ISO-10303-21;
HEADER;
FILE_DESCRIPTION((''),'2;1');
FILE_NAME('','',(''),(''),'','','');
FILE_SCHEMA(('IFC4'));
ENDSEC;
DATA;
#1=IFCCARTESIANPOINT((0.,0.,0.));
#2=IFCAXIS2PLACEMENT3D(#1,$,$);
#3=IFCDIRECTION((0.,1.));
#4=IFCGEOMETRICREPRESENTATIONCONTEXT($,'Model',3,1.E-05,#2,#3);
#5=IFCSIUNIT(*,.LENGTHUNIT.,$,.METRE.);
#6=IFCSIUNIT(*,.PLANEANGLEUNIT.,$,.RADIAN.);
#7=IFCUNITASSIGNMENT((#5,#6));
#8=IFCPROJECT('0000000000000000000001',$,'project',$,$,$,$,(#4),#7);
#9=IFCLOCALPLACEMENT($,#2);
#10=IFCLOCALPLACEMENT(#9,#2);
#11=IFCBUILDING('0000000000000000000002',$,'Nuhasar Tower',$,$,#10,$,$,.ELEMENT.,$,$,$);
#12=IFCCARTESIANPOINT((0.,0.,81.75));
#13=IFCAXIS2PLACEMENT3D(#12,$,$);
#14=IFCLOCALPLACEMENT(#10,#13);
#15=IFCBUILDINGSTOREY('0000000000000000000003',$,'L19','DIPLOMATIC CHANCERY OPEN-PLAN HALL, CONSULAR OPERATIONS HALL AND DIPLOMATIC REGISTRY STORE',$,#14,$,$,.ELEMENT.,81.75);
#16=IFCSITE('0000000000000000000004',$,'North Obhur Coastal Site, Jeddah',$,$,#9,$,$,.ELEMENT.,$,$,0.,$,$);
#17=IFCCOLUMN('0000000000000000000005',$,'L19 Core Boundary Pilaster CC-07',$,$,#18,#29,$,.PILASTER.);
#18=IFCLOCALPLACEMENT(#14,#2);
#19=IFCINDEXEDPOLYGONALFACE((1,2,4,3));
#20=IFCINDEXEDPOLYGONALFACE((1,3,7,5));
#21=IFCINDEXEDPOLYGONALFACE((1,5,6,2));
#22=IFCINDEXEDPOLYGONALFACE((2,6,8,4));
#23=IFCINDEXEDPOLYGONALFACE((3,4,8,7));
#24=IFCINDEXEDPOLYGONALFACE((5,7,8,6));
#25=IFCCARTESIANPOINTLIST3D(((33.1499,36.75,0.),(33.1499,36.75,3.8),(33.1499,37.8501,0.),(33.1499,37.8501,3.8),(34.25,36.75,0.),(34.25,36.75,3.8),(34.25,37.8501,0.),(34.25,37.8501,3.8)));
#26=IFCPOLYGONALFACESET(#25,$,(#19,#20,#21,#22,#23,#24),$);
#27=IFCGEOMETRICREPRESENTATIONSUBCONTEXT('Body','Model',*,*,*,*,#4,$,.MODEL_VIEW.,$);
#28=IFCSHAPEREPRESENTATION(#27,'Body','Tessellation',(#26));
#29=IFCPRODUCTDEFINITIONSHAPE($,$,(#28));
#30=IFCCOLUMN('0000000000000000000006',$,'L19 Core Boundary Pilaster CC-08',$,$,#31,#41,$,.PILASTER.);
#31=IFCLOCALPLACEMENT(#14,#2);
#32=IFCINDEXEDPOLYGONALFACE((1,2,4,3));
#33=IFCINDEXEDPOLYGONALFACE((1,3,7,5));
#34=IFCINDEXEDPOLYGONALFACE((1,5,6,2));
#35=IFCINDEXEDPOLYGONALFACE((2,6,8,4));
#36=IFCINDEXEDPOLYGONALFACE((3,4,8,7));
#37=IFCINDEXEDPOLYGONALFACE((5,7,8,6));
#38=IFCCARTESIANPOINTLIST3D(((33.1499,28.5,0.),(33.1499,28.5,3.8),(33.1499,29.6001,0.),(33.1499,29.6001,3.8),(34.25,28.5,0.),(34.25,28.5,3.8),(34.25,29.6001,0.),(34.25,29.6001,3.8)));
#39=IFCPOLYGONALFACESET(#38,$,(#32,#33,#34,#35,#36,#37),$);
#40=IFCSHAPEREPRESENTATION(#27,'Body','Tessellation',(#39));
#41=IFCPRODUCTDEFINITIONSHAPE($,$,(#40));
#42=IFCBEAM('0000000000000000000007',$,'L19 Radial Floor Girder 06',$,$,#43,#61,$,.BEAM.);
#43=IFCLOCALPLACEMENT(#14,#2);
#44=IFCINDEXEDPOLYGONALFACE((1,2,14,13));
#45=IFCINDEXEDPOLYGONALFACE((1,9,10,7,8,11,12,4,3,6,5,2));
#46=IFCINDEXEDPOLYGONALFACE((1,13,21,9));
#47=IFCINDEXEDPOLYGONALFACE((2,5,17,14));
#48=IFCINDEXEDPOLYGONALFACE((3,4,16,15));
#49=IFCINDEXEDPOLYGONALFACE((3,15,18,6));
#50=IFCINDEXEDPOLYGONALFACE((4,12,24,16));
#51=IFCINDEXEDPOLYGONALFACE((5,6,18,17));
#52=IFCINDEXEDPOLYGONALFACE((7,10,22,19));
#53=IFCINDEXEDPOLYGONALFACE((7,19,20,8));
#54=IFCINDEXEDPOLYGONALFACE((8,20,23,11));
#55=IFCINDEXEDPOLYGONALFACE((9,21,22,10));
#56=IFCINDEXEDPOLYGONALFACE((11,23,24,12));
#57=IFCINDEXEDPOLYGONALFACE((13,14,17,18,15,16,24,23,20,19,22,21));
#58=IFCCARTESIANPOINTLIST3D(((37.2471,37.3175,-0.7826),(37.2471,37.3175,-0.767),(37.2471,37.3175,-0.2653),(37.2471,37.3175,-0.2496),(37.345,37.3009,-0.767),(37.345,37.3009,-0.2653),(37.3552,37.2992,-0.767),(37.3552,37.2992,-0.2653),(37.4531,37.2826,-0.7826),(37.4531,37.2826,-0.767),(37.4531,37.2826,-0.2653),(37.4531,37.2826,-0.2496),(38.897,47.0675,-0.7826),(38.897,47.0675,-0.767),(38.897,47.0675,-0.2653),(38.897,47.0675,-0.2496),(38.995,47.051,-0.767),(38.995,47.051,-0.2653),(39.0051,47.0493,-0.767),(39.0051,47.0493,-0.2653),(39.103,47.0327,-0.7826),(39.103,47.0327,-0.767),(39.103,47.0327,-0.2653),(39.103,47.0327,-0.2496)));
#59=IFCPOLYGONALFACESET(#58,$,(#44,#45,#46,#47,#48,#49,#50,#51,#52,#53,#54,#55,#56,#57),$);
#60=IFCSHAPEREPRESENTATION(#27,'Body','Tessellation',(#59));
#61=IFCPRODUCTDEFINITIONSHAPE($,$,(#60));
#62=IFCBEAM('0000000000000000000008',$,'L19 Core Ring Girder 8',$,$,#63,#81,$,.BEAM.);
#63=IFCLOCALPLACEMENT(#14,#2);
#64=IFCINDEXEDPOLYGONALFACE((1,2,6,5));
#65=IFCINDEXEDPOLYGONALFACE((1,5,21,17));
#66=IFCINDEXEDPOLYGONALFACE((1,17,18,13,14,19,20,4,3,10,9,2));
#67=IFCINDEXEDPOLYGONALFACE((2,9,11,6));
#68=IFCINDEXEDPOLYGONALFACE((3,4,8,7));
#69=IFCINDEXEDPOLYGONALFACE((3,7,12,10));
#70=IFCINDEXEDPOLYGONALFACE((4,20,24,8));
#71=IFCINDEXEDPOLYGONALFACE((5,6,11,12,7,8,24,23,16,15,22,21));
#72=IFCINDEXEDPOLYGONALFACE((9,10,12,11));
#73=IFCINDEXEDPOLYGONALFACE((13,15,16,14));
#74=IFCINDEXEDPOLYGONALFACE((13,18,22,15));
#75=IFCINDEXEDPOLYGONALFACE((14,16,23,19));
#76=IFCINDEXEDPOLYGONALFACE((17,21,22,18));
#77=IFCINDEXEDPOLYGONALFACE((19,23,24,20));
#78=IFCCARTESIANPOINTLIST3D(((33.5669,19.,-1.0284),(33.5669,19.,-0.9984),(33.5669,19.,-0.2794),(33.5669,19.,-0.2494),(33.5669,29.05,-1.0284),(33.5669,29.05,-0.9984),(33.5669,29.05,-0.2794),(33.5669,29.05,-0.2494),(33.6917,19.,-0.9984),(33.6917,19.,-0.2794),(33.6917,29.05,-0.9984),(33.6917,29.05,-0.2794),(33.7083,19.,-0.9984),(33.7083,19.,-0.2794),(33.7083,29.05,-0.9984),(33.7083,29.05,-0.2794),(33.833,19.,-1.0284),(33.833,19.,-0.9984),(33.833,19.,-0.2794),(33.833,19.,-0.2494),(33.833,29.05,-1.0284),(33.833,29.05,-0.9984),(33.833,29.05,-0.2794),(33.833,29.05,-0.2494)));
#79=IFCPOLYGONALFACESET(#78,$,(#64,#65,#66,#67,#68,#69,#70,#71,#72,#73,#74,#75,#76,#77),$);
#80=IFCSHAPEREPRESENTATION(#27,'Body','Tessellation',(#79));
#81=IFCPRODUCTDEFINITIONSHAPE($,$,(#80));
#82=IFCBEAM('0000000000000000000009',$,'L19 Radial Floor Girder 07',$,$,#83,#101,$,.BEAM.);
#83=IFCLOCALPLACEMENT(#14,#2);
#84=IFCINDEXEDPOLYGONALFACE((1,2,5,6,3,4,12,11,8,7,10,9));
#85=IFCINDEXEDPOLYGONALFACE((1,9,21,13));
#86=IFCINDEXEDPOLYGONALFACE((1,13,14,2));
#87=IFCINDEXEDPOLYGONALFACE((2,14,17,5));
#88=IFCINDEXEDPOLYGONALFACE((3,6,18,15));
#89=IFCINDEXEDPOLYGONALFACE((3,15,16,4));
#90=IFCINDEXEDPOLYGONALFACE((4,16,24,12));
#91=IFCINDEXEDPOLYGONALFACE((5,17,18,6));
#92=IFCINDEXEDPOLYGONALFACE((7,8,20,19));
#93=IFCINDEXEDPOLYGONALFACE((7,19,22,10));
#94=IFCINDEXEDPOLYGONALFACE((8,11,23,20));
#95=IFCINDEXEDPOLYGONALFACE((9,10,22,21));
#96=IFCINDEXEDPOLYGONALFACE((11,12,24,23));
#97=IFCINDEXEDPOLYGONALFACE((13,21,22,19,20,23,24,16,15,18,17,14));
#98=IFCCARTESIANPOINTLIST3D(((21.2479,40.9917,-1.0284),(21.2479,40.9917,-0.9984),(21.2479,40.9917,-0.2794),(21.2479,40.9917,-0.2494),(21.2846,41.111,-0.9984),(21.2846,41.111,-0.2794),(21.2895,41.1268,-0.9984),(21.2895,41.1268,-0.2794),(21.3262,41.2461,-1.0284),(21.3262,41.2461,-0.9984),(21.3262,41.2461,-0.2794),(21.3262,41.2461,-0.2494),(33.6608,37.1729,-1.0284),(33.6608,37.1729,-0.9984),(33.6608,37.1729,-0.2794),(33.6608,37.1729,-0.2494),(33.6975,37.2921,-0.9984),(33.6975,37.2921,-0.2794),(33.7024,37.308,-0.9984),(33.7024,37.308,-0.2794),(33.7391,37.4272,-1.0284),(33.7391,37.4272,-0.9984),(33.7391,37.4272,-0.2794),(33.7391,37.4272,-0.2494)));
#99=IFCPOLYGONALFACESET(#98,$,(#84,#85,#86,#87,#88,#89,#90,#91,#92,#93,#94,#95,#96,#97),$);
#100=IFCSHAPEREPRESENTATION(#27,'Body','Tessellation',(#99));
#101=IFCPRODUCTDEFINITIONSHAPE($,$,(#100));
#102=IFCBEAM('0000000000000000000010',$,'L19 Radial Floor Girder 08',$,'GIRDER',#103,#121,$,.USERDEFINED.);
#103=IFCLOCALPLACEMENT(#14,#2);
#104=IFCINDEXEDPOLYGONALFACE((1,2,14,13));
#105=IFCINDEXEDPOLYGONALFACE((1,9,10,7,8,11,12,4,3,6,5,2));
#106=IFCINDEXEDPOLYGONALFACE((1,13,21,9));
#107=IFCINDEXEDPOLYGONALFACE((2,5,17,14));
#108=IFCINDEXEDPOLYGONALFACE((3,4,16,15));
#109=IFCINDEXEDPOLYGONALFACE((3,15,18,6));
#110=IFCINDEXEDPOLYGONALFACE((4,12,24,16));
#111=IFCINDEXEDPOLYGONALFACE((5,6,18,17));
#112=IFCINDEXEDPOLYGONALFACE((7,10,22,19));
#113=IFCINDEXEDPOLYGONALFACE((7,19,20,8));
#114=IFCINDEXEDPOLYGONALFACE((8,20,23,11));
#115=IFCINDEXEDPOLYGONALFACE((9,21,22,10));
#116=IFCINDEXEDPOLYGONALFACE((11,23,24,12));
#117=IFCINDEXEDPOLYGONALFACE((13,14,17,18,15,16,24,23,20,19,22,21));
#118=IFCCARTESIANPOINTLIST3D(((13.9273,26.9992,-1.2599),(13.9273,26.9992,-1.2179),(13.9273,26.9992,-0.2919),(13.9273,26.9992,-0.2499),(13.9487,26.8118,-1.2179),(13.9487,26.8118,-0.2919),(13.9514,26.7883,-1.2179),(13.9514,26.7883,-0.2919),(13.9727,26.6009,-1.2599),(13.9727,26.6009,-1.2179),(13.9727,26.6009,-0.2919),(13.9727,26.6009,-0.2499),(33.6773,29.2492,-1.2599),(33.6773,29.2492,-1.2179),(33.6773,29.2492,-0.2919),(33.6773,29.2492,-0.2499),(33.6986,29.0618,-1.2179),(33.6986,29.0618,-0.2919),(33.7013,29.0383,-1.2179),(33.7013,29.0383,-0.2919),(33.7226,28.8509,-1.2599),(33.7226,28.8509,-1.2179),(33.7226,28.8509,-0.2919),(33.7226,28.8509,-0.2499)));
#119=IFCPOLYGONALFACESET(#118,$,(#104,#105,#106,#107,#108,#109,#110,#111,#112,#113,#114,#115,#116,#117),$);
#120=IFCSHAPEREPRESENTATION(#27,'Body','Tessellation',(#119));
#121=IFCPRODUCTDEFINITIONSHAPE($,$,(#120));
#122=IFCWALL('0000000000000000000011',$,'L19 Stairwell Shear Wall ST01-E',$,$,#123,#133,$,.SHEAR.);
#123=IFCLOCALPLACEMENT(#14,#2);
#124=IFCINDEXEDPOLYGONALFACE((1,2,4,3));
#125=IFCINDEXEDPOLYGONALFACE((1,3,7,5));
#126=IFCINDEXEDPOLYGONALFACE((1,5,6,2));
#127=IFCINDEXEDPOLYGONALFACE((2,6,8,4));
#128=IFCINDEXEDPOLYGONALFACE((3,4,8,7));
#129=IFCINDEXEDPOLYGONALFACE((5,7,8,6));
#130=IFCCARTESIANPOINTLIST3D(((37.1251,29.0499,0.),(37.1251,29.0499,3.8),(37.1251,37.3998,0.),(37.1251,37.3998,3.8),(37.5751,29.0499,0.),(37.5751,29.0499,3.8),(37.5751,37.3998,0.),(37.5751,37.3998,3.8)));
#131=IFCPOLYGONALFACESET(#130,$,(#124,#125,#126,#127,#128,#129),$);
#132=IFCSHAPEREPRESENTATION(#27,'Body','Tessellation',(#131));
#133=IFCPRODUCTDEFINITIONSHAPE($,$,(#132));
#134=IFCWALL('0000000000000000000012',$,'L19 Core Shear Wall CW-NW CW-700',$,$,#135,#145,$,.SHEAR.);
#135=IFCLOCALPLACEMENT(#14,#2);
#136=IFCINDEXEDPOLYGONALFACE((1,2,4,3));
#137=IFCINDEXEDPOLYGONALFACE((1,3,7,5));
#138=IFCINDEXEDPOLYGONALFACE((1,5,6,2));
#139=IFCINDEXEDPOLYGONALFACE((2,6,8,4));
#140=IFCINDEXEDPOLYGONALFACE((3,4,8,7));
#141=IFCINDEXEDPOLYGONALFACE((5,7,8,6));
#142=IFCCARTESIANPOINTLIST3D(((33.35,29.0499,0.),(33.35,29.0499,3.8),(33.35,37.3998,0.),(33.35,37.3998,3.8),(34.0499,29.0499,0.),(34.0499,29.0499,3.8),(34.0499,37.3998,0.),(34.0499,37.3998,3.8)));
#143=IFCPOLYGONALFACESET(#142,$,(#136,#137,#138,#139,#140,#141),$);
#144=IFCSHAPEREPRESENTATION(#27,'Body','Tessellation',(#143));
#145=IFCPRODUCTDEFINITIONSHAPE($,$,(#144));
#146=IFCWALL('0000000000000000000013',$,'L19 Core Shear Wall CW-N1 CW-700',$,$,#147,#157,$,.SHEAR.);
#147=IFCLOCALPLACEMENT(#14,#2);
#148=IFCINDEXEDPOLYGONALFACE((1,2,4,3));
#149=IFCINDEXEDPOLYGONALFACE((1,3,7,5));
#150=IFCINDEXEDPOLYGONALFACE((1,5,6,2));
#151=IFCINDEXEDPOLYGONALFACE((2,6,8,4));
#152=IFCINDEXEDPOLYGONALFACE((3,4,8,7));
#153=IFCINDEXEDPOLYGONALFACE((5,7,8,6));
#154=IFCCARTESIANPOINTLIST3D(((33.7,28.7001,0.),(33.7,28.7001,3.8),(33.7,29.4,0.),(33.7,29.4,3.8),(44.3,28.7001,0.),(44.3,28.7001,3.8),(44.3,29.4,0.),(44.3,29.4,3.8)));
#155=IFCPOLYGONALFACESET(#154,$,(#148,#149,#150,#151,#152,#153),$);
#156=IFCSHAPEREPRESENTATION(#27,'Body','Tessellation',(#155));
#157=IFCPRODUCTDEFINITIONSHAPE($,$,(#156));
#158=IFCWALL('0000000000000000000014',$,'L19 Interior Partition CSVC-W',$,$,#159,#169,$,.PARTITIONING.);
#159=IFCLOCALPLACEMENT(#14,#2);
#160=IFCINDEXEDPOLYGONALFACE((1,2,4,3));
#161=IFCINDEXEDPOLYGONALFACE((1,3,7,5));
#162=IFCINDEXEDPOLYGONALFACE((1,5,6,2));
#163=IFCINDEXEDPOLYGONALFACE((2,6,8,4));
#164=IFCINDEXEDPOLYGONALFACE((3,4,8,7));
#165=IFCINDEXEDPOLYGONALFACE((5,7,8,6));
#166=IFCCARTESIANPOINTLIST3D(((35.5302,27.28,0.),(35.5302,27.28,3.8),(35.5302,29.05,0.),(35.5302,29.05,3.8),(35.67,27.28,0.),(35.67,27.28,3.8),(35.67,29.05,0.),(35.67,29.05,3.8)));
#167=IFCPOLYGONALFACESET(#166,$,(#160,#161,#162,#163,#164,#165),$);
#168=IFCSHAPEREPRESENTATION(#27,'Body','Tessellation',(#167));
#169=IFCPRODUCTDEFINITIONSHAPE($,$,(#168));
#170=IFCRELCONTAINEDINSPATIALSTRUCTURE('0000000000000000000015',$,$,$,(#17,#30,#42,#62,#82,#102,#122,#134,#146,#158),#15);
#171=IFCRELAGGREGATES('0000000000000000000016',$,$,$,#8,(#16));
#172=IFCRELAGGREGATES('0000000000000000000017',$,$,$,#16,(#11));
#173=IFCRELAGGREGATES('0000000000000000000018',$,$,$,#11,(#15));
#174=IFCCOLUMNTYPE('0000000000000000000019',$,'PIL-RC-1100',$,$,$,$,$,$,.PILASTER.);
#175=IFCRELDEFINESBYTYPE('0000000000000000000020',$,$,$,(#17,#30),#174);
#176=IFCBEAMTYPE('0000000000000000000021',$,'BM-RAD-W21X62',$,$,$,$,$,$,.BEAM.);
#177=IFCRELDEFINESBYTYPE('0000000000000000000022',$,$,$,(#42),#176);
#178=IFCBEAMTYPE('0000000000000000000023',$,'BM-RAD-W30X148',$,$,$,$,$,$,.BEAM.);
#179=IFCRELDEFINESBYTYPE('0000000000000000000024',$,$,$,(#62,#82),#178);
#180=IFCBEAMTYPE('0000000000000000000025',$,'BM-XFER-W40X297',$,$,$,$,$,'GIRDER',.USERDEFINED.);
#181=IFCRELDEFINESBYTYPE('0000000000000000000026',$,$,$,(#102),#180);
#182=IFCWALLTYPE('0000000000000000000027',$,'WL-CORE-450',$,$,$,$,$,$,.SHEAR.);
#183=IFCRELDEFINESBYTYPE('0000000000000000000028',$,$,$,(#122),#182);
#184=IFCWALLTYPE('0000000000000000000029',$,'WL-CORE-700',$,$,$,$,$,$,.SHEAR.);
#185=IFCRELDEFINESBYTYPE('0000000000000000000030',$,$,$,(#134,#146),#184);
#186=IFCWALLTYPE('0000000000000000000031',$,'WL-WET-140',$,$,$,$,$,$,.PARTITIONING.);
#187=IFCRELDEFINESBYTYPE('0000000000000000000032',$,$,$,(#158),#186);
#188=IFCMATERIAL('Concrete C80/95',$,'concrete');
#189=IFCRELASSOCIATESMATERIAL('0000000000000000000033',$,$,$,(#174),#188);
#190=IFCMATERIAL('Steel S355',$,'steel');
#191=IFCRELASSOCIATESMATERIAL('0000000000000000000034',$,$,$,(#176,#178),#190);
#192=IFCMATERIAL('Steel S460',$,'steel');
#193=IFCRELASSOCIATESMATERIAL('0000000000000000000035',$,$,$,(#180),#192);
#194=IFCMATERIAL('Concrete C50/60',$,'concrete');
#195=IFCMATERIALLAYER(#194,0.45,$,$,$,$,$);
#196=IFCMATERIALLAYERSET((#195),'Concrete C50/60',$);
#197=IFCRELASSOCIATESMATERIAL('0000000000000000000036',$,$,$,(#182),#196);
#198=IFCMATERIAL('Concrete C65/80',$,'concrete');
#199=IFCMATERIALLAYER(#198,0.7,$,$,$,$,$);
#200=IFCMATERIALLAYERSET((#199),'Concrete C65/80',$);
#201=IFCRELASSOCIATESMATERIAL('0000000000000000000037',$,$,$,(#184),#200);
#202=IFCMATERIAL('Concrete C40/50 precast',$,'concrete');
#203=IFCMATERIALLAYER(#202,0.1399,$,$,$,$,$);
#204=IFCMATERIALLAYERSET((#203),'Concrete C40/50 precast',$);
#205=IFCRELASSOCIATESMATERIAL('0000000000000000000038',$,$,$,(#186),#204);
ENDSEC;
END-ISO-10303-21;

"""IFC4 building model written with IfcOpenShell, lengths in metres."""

from ifc_helpers import new_model, si_unit, direction, frame, frame_2d, origin, origin_2d, place, context, subcontext, project, spatial, rectangle, i_section, extrude, material, layer, layer_set, material_profile, profile_set, type_object, element, save


model = new_model("IFC4")

# Units and contexts
model_context = context("Model", 3, precision=1e-05, world=origin(), true_north=direction((0.0, 1.0)))
body_context = subcontext(model_context, "Body", "Model", "MODEL_VIEW")
ifc_project = project(units=[si_unit("LENGTHUNIT", "METRE"), si_unit("PLANEANGLEUNIT", "RADIAN")], contexts=[model_context])

# Site, building, storey
site_placement = place(None, origin())
site = spatial("IfcSite", under=ifc_project, at=site_placement, Name="North Obhur Coastal Site, Jeddah", CompositionType="ELEMENT", RefElevation=0.0)
building_placement = place(site_placement, origin())
building = spatial("IfcBuilding", under=site, at=building_placement, Name="Nuhasar Tower", CompositionType="ELEMENT")
storey_placement = place(building_placement, frame((0.0, 0.0, 81.75)))
storey = spatial("IfcBuildingStorey", under=building, at=storey_placement, Name="L19", Description="DIPLOMATIC CHANCERY OPEN-PLAN HALL, CONSULAR OPERATIONS HALL AND DIPLOMATIC REGISTRY STORE", CompositionType="ELEMENT", Elevation=81.75)

# Columns
ifc_material_1 = material(Name="Concrete C80/95", Category="concrete")
ifc_material_profile_1 = material_profile(ifc_material_1, rectangle(XDim=1.1001, YDim=1.1001, at=origin_2d()), Name="RC1100X1100")
ifc_profile_set_1 = profile_set([ifc_material_profile_1], Name="Concrete C80/95")
column_type = type_object("IfcColumnType", Name="PIL-RC-1100", PredefinedType="PILASTER", material=ifc_profile_set_1)
for number, where, z_axis, x_axis, name in (
    (1, (33.7, 37.3, 0.0), (0.0, 0.0, 1.0), (1.0, 0.0, 0.0), "L19 Core Boundary Pilaster CC-07"),
    (2, (33.7, 29.05, 0.0), (0.0, 0.0, 1.0), (1.0, 0.0, 0.0), "L19 Core Boundary Pilaster CC-08"),
):
    element("IfcColumn", number, at=place(storey_placement, frame(where, z_axis=z_axis, x_axis=x_axis)), inside=storey, type_object=column_type, Name=name, PredefinedType="PILASTER", context=body_context, shape_type="SweptSolid", body=[
        extrude(rectangle(XDim=1.1001, YDim=1.1001, at=origin_2d()), origin(), (0.0, 0.0, 1.0), 3.8),
    ])

# Beams
ifc_material_2 = material(Name="Steel S355", Category="steel")
ifc_material_profile_2 = material_profile(ifc_material_2, i_section(OverallWidth=0.209, OverallDepth=0.533, WebThickness=0.0103, FlangeThickness=0.0156, at=origin_2d()), Name="W21X62")
ifc_profile_set_2 = profile_set([ifc_material_profile_2], Name="Steel S355")
beam_type_1 = type_object("IfcBeamType", Name="BM-RAD-W21X62", PredefinedType="BEAM", material=ifc_profile_set_2)
beam_1_placement = place(storey_placement, frame((37.3501, 37.3, -0.5161), z_axis=(0.166849, 0.985983, 0.0), x_axis=(-0.985983, 0.166849, 0.0)))
element("IfcBeam", 3, at=beam_1_placement, inside=storey, type_object=beam_type_1, Name="L19 Radial Floor Girder 06", PredefinedType="BEAM", context=body_context, shape_type="SweptSolid", body=[
    extrude(i_section(OverallWidth=0.209, OverallDepth=0.533, WebThickness=0.0103, FlangeThickness=0.0156, at=origin_2d()), origin(), (0.0, 0.0, 1.0), 9.8887),
])
ifc_material_profile_3 = material_profile(ifc_material_2, i_section(OverallWidth=0.2661, OverallDepth=0.7791, WebThickness=0.0166, FlangeThickness=0.03, at=origin_2d()), Name="W30X148")
ifc_profile_set_3 = profile_set([ifc_material_profile_3], Name="Steel S355")
beam_type_2 = type_object("IfcBeamType", Name="BM-RAD-W30X148", PredefinedType="BEAM", material=ifc_profile_set_3)
beam_2_placement = place(storey_placement, frame((33.7, 29.05, -0.6389), z_axis=(0.0, -1.0, 0.0), x_axis=(1.0, 0.0, 0.0)))
element("IfcBeam", 4, at=beam_2_placement, inside=storey, type_object=beam_type_2, Name="L19 Core Ring Girder 8", PredefinedType="BEAM", context=body_context, shape_type="SweptSolid", body=[
    extrude(i_section(OverallWidth=0.2661, OverallDepth=0.7791, WebThickness=0.0166, FlangeThickness=0.03, at=origin_2d()), origin(), (0.0, 0.0, 1.0), 10.05),
])
beam_3_placement = place(storey_placement, frame((33.7, 37.3, -0.6389), z_axis=(-0.95579, 0.294052, 0.0), x_axis=(-0.294052, -0.95579, 0.0)))
element("IfcBeam", 5, at=beam_3_placement, inside=storey, type_object=beam_type_2, Name="L19 Radial Floor Girder 07", PredefinedType="BEAM", context=body_context, shape_type="SweptSolid", body=[
    extrude(i_section(OverallWidth=0.2661, OverallDepth=0.7791, WebThickness=0.0166, FlangeThickness=0.03, at=origin_2d()), origin(), (0.0, 0.0, 1.0), 12.9871),
])
ifc_material_3 = material(Name="Steel S460", Category="steel")
ifc_material_profile_4 = material_profile(ifc_material_3, i_section(OverallWidth=0.4009, OverallDepth=1.01, WebThickness=0.0237, FlangeThickness=0.042, at=origin_2d()), Name="W40X297")
ifc_profile_set_4 = profile_set([ifc_material_profile_4], Name="Steel S460")
beam_type_3 = type_object("IfcBeamType", Name="BM-XFER-W40X297", ElementType="GIRDER", PredefinedType="USERDEFINED", material=ifc_profile_set_4)
beam_4_placement = place(storey_placement, frame((33.7, 29.05, -0.7549), z_axis=(-0.993573, -0.113192, 0.0), x_axis=(0.113192, -0.993573, 0.0)))
element("IfcBeam", 6, at=beam_4_placement, inside=storey, type_object=beam_type_3, Name="L19 Radial Floor Girder 08", ObjectType="GIRDER", PredefinedType="USERDEFINED", context=body_context, shape_type="SweptSolid", body=[
    extrude(i_section(OverallWidth=0.4009, OverallDepth=1.01, WebThickness=0.0237, FlangeThickness=0.042, at=origin_2d()), origin(), (0.0, 0.0, 1.0), 19.8777),
])

# Walls
ifc_material_4 = material(Name="Concrete C50/60", Category="concrete")
ifc_layer_1 = layer(ifc_material_4, 0.45)
ifc_layer_set_1 = layer_set([ifc_layer_1], Name="Concrete C50/60")
wall_type_1 = type_object("IfcWallType", Name="WL-CORE-450", PredefinedType="SHEAR", material=ifc_layer_set_1)
wall_1_placement = place(storey_placement, frame((37.3501, 29.05, 0.0), z_axis=(0.0, 0.0, 1.0), x_axis=(0.0, 1.0, 0.0)))
element("IfcWall", 7, at=wall_1_placement, inside=storey, type_object=wall_type_1, Name="L19 Stairwell Shear Wall ST01-E", PredefinedType="SHEAR", context=body_context, shape_type="SweptSolid", body=[
    extrude(rectangle(XDim=8.3499, YDim=0.45, at=frame_2d((4.1748, 0.0))), origin(), (0.0, 0.0, 1.0), 3.8),
])
ifc_material_5 = material(Name="Concrete C65/80", Category="concrete")
ifc_layer_2 = layer(ifc_material_5, 0.7)
ifc_layer_set_2 = layer_set([ifc_layer_2], Name="Concrete C65/80")
wall_type_2 = type_object("IfcWallType", Name="WL-CORE-700", PredefinedType="SHEAR", material=ifc_layer_set_2)
wall_2_placement = place(storey_placement, frame((33.7, 29.05, 0.0), z_axis=(0.0, 0.0, 1.0), x_axis=(0.0, 1.0, 0.0)))
element("IfcWall", 8, at=wall_2_placement, inside=storey, type_object=wall_type_2, Name="L19 Core Shear Wall CW-NW CW-700", PredefinedType="SHEAR", context=body_context, shape_type="SweptSolid", body=[
    extrude(rectangle(XDim=8.3499, YDim=0.7, at=frame_2d((4.1748, 0.0))), origin(), (0.0, 0.0, 1.0), 3.8),
])
wall_3_placement = place(storey_placement, frame((33.7, 29.05, 0.0), z_axis=(0.0, 0.0, 1.0), x_axis=(1.0, 0.0, 0.0)))
element("IfcWall", 9, at=wall_3_placement, inside=storey, type_object=wall_type_2, Name="L19 Core Shear Wall CW-N1 CW-700", PredefinedType="SHEAR", context=body_context, shape_type="SweptSolid", body=[
    extrude(rectangle(XDim=10.6001, YDim=0.7, at=frame_2d((5.3, 0.0))), origin(), (0.0, 0.0, 1.0), 3.8),
])
ifc_material_6 = material(Name="Concrete C40/50 precast", Category="concrete")
ifc_layer_3 = layer(ifc_material_6, 0.1399)
ifc_layer_set_3 = layer_set([ifc_layer_3], Name="Concrete C40/50 precast")
wall_type_3 = type_object("IfcWallType", Name="WL-WET-140", PredefinedType="PARTITIONING", material=ifc_layer_set_3)
wall_4_placement = place(storey_placement, frame((35.6001, 27.28, 0.0), z_axis=(0.0, 0.0, 1.0), x_axis=(0.0, 1.0, 0.0)))
element("IfcWall", 10, at=wall_4_placement, inside=storey, type_object=wall_type_3, Name="L19 Interior Partition CSVC-W", PredefinedType="PARTITIONING", context=body_context, shape_type="SweptSolid", body=[
    extrude(rectangle(XDim=1.77, YDim=0.1399, at=frame_2d((0.885, 0.0))), origin(), (0.0, 0.0, 1.0), 3.8),
])

save(model, "model.ifc")
